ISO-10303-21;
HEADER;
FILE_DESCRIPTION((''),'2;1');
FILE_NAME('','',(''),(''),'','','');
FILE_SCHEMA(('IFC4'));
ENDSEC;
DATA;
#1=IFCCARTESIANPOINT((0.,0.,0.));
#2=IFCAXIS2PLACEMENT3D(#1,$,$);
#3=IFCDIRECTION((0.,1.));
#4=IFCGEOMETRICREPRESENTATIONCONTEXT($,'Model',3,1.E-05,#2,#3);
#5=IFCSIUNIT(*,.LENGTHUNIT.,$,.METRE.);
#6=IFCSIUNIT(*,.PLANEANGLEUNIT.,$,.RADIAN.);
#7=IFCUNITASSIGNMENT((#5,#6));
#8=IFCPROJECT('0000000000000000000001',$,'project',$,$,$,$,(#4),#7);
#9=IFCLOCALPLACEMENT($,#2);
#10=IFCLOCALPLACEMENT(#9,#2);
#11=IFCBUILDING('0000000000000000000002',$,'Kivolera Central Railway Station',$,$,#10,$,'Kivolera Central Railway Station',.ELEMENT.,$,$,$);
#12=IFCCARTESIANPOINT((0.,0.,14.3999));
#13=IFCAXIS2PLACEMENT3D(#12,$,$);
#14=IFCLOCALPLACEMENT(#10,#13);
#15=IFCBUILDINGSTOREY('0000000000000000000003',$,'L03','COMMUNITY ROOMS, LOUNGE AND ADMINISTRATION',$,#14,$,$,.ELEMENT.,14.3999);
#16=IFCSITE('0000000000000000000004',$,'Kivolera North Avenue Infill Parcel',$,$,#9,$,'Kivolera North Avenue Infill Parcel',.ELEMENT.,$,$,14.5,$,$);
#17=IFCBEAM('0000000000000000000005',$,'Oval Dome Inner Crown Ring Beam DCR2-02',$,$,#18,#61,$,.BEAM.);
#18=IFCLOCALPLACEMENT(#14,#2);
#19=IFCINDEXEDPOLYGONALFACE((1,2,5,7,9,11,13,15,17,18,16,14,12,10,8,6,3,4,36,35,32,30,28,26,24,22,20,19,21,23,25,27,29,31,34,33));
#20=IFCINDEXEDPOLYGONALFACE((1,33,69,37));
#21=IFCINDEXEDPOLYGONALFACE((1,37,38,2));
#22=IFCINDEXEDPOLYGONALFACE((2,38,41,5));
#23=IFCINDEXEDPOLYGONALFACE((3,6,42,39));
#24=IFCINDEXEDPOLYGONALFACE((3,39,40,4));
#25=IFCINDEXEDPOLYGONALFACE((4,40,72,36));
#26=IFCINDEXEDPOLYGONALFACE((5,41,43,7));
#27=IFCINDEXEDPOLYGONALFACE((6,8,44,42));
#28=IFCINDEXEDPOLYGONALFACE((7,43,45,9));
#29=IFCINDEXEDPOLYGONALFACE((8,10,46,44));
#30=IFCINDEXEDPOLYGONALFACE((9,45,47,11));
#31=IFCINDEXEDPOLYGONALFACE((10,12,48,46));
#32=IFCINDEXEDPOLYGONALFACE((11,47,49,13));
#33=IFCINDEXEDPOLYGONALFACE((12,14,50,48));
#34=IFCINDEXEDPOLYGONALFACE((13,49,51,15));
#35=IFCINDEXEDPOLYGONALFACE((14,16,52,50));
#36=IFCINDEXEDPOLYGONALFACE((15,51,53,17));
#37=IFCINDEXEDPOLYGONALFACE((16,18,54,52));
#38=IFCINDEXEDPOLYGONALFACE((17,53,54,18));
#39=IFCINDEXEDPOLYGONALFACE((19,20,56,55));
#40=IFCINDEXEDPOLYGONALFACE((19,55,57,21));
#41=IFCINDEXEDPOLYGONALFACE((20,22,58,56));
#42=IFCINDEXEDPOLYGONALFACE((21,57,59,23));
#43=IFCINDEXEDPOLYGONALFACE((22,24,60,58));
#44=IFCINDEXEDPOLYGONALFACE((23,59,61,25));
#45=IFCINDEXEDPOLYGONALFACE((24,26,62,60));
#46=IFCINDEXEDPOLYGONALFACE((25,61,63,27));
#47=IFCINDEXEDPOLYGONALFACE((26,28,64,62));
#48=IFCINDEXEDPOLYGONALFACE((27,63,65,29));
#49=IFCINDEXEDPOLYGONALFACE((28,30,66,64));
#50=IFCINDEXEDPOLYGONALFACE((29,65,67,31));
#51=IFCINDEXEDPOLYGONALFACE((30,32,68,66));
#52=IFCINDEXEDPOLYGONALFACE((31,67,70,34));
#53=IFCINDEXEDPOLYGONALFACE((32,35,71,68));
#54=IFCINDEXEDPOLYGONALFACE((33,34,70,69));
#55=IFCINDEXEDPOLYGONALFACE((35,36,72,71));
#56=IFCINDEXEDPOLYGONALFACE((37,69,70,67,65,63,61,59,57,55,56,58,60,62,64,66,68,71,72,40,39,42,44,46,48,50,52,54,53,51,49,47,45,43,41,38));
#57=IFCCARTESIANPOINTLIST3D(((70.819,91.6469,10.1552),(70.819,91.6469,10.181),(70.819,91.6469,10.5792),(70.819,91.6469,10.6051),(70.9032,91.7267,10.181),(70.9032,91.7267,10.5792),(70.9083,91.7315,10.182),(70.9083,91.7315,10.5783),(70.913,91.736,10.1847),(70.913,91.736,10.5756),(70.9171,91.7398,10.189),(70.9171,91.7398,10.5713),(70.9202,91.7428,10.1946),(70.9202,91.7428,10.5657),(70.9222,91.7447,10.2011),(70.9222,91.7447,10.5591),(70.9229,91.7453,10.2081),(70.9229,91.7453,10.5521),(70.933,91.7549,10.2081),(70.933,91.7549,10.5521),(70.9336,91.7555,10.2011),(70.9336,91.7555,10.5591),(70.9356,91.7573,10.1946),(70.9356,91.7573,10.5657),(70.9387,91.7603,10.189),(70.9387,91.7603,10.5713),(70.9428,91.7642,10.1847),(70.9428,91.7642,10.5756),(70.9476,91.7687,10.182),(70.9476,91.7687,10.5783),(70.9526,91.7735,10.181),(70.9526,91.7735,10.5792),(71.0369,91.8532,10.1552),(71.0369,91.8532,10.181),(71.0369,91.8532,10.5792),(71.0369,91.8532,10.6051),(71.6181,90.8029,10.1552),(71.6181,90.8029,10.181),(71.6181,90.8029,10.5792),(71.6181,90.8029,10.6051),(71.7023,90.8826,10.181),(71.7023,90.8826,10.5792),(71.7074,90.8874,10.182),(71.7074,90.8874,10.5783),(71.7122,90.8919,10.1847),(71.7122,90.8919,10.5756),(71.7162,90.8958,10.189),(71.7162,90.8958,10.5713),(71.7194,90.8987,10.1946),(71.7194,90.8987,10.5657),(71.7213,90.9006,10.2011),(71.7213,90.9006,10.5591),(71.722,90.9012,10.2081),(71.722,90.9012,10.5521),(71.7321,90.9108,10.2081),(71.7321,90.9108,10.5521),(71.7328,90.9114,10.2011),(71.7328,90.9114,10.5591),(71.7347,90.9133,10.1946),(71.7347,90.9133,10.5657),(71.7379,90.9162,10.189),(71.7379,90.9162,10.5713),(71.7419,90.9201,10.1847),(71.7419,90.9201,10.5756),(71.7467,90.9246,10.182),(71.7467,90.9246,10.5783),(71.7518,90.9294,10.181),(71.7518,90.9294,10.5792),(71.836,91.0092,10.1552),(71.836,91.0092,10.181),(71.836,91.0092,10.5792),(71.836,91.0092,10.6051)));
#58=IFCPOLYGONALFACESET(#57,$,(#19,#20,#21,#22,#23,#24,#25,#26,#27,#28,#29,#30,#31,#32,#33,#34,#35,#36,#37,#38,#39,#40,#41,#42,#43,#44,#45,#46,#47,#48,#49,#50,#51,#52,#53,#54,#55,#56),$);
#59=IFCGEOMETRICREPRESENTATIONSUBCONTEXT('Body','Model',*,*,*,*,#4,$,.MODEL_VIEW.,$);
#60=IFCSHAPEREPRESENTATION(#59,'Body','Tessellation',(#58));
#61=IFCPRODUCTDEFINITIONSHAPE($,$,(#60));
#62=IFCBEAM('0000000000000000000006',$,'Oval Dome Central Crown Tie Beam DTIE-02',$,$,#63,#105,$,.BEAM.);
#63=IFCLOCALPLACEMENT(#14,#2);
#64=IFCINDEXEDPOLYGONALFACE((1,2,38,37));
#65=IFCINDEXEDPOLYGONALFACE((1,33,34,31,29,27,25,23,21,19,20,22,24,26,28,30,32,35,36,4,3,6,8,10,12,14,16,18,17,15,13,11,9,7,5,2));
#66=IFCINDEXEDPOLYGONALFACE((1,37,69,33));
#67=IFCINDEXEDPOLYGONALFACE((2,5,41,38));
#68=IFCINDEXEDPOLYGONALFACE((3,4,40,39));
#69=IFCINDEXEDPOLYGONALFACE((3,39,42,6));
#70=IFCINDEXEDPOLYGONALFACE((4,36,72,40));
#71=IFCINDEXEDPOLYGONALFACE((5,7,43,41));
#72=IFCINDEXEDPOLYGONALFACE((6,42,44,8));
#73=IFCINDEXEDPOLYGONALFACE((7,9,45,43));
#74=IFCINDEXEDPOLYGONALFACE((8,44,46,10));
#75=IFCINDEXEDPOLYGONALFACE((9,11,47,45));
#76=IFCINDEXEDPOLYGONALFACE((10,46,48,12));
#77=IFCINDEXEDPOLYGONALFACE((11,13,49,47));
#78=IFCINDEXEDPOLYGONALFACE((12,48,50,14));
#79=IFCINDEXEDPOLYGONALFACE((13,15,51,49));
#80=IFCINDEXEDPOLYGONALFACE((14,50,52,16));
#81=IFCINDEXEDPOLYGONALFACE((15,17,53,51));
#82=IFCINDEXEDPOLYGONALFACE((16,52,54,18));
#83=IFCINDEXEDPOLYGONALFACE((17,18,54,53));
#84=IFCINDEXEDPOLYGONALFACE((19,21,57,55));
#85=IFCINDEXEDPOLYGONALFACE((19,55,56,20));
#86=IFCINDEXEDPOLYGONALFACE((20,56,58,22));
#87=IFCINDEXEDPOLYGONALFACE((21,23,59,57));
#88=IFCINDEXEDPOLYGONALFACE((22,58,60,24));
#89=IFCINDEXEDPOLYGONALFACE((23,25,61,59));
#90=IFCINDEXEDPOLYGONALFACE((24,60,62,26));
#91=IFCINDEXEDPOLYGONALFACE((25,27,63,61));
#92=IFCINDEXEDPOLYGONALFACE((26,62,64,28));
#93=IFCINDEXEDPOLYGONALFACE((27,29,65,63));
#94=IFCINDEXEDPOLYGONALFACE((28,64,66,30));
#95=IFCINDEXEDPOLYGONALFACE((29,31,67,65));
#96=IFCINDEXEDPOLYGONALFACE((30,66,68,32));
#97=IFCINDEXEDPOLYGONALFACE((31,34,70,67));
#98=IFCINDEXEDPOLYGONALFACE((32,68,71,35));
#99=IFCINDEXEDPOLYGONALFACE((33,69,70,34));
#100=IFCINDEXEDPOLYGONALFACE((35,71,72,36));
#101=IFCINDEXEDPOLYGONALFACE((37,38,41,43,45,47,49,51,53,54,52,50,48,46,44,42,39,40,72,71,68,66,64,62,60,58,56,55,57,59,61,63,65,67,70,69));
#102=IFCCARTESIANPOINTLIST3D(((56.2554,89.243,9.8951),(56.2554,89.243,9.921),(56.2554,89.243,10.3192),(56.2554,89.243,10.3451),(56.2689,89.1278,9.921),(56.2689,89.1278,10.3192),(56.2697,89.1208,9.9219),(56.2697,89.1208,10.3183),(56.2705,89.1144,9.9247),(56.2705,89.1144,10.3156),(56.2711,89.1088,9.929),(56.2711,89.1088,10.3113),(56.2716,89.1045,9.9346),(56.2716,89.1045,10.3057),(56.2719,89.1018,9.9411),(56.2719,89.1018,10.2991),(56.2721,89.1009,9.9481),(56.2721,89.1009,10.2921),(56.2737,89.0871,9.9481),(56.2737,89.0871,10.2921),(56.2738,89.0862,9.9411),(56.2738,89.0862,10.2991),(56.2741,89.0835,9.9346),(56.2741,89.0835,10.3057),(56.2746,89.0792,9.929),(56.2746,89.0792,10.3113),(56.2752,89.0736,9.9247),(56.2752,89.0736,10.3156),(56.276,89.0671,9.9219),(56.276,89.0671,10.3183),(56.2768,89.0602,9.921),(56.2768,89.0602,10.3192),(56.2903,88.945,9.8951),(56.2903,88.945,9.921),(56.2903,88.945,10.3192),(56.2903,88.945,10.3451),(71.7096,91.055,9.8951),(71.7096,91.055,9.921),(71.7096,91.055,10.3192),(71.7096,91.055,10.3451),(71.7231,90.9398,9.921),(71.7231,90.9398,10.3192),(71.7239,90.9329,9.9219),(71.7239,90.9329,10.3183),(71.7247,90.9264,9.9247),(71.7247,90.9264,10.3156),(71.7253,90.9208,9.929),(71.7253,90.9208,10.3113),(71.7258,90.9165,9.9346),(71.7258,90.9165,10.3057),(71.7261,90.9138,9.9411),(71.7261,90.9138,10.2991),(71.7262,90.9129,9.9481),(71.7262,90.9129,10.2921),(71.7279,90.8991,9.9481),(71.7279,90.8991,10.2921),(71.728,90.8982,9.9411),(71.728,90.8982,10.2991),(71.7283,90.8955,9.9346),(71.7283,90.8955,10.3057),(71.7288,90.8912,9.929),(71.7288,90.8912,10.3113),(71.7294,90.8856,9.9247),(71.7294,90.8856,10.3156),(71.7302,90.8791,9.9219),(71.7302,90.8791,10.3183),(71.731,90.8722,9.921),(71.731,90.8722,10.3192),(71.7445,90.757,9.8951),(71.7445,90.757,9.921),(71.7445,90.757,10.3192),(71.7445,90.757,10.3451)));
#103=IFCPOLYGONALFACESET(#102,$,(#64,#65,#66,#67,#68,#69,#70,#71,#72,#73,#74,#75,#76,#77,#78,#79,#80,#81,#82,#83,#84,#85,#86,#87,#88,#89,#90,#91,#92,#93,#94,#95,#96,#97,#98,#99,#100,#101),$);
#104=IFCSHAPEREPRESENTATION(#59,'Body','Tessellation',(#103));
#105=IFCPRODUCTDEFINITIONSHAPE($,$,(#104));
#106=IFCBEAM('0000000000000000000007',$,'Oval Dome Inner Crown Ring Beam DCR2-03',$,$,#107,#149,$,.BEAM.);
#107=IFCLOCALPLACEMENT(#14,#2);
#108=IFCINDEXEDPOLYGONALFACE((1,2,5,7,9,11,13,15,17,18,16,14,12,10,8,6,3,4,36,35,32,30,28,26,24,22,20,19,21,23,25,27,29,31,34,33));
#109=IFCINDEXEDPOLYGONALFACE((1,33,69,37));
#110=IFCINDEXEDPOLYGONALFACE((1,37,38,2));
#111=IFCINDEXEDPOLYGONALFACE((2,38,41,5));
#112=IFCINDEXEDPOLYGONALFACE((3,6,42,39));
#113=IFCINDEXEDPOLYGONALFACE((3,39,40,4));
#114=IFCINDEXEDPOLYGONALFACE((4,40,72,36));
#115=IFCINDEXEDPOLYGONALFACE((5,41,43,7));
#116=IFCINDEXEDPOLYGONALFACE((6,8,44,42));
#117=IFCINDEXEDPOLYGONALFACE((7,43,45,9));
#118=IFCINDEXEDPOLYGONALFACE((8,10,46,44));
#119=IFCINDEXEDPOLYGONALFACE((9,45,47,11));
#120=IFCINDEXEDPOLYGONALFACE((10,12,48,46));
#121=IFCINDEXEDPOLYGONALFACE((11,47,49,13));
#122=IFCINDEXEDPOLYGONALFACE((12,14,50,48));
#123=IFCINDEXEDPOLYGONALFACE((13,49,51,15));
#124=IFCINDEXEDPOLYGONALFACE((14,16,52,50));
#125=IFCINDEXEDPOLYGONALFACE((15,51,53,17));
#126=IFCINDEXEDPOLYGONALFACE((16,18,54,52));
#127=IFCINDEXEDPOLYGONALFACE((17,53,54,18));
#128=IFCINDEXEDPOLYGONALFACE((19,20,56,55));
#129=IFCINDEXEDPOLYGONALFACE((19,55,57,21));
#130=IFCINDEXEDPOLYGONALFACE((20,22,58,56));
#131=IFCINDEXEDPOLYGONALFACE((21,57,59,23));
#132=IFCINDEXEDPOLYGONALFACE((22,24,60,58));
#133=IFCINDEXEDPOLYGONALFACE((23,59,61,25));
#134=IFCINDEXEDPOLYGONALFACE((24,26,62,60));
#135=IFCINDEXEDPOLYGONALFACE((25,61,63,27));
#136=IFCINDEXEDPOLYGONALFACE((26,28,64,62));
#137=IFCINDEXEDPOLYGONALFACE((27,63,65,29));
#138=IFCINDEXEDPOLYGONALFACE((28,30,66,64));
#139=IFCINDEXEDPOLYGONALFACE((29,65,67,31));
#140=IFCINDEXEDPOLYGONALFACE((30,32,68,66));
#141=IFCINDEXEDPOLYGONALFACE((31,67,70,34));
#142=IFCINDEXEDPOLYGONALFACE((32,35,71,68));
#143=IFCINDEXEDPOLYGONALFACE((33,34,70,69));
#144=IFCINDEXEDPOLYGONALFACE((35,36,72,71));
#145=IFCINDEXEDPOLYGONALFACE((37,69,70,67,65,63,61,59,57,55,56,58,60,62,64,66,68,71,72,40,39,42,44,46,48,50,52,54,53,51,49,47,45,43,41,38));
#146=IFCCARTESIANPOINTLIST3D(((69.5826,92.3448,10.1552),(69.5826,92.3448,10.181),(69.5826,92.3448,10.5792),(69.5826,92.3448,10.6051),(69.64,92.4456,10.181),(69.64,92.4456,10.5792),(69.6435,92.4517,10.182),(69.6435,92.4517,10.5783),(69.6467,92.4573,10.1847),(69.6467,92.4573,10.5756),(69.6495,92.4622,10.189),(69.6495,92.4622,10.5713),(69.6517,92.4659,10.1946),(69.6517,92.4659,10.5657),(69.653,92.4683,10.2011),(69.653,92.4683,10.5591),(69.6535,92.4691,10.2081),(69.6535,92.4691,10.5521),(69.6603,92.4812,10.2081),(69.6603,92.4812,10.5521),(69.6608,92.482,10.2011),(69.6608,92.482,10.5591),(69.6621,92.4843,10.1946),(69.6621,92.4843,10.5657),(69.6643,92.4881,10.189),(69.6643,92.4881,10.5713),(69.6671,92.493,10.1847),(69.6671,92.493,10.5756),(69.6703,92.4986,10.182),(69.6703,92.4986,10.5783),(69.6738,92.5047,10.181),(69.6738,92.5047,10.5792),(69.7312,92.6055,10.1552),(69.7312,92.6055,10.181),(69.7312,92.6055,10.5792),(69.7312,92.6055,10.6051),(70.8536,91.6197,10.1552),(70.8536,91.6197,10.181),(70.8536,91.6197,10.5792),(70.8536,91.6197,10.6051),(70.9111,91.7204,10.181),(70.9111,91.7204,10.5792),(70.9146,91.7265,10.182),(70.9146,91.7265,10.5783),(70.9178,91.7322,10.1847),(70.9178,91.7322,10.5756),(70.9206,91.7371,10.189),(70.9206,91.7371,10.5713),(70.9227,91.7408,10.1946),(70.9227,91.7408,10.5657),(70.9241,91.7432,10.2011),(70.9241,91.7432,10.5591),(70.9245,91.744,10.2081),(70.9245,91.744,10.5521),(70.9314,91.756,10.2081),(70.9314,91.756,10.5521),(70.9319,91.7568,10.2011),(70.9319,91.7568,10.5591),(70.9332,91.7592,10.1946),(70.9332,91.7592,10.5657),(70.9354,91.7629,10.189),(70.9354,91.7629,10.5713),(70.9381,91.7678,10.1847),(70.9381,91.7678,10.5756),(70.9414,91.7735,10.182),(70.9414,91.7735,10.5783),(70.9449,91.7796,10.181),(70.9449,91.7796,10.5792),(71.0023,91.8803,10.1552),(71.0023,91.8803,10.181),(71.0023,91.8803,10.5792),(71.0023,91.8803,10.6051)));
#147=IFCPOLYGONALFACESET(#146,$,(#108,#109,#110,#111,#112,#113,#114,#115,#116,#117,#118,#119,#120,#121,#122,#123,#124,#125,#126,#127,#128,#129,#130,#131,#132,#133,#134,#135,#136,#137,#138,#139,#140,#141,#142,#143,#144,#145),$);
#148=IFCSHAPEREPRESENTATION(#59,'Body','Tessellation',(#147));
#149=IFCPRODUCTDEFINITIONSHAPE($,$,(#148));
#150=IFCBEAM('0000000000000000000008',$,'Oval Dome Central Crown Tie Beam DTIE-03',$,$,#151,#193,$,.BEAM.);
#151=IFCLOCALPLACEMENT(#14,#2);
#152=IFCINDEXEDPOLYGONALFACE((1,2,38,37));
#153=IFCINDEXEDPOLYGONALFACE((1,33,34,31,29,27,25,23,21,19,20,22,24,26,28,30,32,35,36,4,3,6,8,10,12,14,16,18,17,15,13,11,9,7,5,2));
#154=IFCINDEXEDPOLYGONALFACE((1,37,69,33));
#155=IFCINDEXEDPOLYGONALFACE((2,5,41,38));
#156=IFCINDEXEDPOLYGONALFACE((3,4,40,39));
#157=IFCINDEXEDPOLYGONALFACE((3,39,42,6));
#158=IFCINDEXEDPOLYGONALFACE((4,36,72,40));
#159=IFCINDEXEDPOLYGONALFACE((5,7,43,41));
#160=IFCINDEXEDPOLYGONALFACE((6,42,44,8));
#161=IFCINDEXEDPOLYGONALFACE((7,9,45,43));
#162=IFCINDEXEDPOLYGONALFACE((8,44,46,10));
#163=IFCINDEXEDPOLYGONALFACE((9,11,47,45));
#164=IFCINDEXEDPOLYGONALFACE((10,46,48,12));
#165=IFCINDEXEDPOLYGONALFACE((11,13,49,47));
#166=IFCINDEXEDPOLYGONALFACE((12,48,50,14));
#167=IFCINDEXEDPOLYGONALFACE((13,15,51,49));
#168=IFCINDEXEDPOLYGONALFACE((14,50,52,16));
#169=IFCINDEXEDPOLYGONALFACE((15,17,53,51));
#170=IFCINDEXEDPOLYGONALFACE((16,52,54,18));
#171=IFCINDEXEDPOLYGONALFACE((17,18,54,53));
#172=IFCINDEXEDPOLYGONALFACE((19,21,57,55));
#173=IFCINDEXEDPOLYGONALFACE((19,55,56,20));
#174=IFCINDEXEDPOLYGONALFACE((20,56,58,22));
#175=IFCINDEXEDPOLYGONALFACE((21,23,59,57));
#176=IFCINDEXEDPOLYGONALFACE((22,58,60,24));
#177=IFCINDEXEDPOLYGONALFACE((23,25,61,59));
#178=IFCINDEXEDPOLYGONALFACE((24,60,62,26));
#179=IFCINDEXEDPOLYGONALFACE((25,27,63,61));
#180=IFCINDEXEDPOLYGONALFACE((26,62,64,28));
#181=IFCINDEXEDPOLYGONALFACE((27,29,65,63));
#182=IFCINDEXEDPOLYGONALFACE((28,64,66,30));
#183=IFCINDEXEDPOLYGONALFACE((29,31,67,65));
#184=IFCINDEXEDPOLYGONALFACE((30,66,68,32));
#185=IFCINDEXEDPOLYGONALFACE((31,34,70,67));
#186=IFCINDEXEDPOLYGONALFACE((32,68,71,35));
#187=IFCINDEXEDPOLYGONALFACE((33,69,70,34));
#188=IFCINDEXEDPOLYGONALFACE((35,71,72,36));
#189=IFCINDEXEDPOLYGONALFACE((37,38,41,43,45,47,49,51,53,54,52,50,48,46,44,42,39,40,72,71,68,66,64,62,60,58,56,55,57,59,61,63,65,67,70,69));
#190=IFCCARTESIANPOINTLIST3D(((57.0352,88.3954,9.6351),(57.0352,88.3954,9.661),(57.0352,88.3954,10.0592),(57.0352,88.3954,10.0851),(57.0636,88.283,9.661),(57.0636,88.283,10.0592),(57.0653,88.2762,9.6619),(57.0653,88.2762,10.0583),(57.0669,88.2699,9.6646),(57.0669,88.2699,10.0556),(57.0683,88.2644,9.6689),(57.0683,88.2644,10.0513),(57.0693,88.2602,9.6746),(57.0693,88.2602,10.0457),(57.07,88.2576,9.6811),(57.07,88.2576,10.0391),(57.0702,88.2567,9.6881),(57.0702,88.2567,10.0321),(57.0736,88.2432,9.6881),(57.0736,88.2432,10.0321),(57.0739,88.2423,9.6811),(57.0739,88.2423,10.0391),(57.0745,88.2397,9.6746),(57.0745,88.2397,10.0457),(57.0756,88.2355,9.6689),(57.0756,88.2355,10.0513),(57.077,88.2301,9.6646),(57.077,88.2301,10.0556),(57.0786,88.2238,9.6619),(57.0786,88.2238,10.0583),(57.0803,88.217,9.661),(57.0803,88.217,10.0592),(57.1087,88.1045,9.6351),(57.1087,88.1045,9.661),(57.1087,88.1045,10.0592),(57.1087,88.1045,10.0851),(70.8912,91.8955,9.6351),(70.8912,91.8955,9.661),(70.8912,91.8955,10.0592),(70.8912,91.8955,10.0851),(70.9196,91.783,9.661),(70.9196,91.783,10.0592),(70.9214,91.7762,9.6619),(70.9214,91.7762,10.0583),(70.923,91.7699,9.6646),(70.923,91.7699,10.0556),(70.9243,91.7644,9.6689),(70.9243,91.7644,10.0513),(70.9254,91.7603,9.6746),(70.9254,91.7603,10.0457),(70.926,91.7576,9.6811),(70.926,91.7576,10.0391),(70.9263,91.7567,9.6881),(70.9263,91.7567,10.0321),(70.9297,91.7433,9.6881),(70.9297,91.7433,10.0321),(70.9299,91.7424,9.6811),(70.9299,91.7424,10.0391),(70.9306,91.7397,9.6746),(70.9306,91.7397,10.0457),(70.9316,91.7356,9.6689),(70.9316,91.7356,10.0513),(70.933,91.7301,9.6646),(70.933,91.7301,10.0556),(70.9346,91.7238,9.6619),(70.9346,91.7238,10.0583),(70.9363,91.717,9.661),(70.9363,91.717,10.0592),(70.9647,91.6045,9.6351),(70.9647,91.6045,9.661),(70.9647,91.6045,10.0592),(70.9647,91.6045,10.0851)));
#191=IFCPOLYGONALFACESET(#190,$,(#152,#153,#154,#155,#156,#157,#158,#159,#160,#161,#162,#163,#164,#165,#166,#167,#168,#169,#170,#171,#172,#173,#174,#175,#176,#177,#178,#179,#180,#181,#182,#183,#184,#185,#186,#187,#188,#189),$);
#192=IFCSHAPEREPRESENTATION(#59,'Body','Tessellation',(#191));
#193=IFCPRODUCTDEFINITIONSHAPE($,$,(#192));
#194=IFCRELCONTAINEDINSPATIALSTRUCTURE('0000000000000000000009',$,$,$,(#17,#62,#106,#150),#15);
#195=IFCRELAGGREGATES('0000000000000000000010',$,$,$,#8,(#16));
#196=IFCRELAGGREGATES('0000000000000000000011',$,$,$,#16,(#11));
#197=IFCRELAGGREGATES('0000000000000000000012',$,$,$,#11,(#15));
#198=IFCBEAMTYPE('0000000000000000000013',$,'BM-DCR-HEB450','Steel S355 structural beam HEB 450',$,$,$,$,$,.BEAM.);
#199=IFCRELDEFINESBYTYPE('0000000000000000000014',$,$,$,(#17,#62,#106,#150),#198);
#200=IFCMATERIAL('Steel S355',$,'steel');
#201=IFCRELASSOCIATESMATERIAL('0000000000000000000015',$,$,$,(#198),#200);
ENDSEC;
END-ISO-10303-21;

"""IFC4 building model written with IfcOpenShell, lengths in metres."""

from ifc_helpers import new_model, si_unit, direction, frame, origin, origin_2d, place, context, subcontext, project, spatial, i_section, extrude, material, material_profile, profile_set, type_object, element, save


model = new_model("IFC4")

# Units and contexts
model_context = context("Model", 3, precision=1e-05, world=origin(), true_north=direction((0.0, 1.0)))
body_context = subcontext(model_context, "Body", "Model", "MODEL_VIEW")
ifc_project = project(units=[si_unit("LENGTHUNIT", "METRE"), si_unit("PLANEANGLEUNIT", "RADIAN")], contexts=[model_context])

# Site, building, storey
site_placement = place(None, origin())
site = spatial("IfcSite", under=ifc_project, at=site_placement, Name="Kivolera North Avenue Infill Parcel", LongName="Kivolera North Avenue Infill Parcel", CompositionType="ELEMENT", RefElevation=14.5)
building_placement = place(site_placement, origin())
building = spatial("IfcBuilding", under=site, at=building_placement, Name="Kivolera Central Railway Station", LongName="Kivolera Central Railway Station", CompositionType="ELEMENT")
storey_placement = place(building_placement, frame((0.0, 0.0, 14.3999)))
storey = spatial("IfcBuildingStorey", under=building, at=storey_placement, Name="L03", Description="COMMUNITY ROOMS, LOUNGE AND ADMINISTRATION", CompositionType="ELEMENT", Elevation=14.3999)

# Beams
ifc_material_1 = material(Name="Steel S355", Category="steel")
ifc_material_profile_1 = material_profile(ifc_material_1, i_section(OverallWidth=0.3, OverallDepth=0.45, WebThickness=0.0139, FlangeThickness=0.0259, FilletRadius=0.0271, at=origin_2d()), Name="HEB 450")
ifc_profile_set_1 = profile_set([ifc_material_profile_1], Name="Steel S355")
beam_type = type_object("IfcBeamType", Name="BM-DCR-HEB450", Description="Steel S355 structural beam HEB 450", PredefinedType="BEAM", material=ifc_profile_set_1)
beam_1_placement = place(storey_placement, frame((71.7271, 90.906, 10.3801), z_axis=(-0.687517, 0.726168, 0.0), x_axis=(-0.726168, -0.687517, 0.0)))
element("IfcBeam", 1, at=beam_1_placement, inside=storey, type_object=beam_type, Name="Oval Dome Inner Crown Ring Beam DCR2-02", PredefinedType="BEAM", context=body_context, shape_type="SweptSolid", body=[
    extrude(i_section(OverallWidth=0.3, OverallDepth=0.45, WebThickness=0.0139, FlangeThickness=0.0259, FilletRadius=0.0271, at=origin_2d()), origin(), (0.0, 0.0, 1.0), 1.1624),
])
beam_2_placement = place(storey_placement, frame((71.7271, 90.906, 10.1201), z_axis=(-0.993196, -0.116453, 0.0), x_axis=(0.116453, -0.993196, 0.0)))
element("IfcBeam", 2, at=beam_2_placement, inside=storey, type_object=beam_type, Name="Oval Dome Central Crown Tie Beam DTIE-02", PredefinedType="BEAM", context=body_context, shape_type="SweptSolid", body=[
    extrude(i_section(OverallWidth=0.3, OverallDepth=0.45, WebThickness=0.0139, FlangeThickness=0.0259, FilletRadius=0.0271, at=origin_2d()), origin(), (0.0, 0.0, 1.0), 15.5601),
])
beam_3_placement = place(storey_placement, frame((70.928, 91.75, 10.3801), z_axis=(-0.868592, 0.495528, 0.0), x_axis=(-0.495528, -0.868592, 0.0)))
element("IfcBeam", 3, at=beam_3_placement, inside=storey, type_object=beam_type, Name="Oval Dome Inner Crown Ring Beam DCR2-03", PredefinedType="BEAM", context=body_context, shape_type="SweptSolid", body=[
    extrude(i_section(OverallWidth=0.3, OverallDepth=0.45, WebThickness=0.0139, FlangeThickness=0.0259, FilletRadius=0.0271, at=origin_2d()), origin(), (0.0, 0.0, 1.0), 1.4634),
])
beam_4_placement = place(storey_placement, frame((70.928, 91.75, 9.8601), z_axis=(-0.969547, -0.244906, 0.0), x_axis=(0.244906, -0.969547, 0.0)))
element("IfcBeam", 4, at=beam_4_placement, inside=storey, type_object=beam_type, Name="Oval Dome Central Crown Tie Beam DTIE-03", PredefinedType="BEAM", context=body_context, shape_type="SweptSolid", body=[
    extrude(i_section(OverallWidth=0.3, OverallDepth=0.45, WebThickness=0.0139, FlangeThickness=0.0259, FilletRadius=0.0271, at=origin_2d()), origin(), (0.0, 0.0, 1.0), 14.2913),
])

save(model, "model.ifc")
